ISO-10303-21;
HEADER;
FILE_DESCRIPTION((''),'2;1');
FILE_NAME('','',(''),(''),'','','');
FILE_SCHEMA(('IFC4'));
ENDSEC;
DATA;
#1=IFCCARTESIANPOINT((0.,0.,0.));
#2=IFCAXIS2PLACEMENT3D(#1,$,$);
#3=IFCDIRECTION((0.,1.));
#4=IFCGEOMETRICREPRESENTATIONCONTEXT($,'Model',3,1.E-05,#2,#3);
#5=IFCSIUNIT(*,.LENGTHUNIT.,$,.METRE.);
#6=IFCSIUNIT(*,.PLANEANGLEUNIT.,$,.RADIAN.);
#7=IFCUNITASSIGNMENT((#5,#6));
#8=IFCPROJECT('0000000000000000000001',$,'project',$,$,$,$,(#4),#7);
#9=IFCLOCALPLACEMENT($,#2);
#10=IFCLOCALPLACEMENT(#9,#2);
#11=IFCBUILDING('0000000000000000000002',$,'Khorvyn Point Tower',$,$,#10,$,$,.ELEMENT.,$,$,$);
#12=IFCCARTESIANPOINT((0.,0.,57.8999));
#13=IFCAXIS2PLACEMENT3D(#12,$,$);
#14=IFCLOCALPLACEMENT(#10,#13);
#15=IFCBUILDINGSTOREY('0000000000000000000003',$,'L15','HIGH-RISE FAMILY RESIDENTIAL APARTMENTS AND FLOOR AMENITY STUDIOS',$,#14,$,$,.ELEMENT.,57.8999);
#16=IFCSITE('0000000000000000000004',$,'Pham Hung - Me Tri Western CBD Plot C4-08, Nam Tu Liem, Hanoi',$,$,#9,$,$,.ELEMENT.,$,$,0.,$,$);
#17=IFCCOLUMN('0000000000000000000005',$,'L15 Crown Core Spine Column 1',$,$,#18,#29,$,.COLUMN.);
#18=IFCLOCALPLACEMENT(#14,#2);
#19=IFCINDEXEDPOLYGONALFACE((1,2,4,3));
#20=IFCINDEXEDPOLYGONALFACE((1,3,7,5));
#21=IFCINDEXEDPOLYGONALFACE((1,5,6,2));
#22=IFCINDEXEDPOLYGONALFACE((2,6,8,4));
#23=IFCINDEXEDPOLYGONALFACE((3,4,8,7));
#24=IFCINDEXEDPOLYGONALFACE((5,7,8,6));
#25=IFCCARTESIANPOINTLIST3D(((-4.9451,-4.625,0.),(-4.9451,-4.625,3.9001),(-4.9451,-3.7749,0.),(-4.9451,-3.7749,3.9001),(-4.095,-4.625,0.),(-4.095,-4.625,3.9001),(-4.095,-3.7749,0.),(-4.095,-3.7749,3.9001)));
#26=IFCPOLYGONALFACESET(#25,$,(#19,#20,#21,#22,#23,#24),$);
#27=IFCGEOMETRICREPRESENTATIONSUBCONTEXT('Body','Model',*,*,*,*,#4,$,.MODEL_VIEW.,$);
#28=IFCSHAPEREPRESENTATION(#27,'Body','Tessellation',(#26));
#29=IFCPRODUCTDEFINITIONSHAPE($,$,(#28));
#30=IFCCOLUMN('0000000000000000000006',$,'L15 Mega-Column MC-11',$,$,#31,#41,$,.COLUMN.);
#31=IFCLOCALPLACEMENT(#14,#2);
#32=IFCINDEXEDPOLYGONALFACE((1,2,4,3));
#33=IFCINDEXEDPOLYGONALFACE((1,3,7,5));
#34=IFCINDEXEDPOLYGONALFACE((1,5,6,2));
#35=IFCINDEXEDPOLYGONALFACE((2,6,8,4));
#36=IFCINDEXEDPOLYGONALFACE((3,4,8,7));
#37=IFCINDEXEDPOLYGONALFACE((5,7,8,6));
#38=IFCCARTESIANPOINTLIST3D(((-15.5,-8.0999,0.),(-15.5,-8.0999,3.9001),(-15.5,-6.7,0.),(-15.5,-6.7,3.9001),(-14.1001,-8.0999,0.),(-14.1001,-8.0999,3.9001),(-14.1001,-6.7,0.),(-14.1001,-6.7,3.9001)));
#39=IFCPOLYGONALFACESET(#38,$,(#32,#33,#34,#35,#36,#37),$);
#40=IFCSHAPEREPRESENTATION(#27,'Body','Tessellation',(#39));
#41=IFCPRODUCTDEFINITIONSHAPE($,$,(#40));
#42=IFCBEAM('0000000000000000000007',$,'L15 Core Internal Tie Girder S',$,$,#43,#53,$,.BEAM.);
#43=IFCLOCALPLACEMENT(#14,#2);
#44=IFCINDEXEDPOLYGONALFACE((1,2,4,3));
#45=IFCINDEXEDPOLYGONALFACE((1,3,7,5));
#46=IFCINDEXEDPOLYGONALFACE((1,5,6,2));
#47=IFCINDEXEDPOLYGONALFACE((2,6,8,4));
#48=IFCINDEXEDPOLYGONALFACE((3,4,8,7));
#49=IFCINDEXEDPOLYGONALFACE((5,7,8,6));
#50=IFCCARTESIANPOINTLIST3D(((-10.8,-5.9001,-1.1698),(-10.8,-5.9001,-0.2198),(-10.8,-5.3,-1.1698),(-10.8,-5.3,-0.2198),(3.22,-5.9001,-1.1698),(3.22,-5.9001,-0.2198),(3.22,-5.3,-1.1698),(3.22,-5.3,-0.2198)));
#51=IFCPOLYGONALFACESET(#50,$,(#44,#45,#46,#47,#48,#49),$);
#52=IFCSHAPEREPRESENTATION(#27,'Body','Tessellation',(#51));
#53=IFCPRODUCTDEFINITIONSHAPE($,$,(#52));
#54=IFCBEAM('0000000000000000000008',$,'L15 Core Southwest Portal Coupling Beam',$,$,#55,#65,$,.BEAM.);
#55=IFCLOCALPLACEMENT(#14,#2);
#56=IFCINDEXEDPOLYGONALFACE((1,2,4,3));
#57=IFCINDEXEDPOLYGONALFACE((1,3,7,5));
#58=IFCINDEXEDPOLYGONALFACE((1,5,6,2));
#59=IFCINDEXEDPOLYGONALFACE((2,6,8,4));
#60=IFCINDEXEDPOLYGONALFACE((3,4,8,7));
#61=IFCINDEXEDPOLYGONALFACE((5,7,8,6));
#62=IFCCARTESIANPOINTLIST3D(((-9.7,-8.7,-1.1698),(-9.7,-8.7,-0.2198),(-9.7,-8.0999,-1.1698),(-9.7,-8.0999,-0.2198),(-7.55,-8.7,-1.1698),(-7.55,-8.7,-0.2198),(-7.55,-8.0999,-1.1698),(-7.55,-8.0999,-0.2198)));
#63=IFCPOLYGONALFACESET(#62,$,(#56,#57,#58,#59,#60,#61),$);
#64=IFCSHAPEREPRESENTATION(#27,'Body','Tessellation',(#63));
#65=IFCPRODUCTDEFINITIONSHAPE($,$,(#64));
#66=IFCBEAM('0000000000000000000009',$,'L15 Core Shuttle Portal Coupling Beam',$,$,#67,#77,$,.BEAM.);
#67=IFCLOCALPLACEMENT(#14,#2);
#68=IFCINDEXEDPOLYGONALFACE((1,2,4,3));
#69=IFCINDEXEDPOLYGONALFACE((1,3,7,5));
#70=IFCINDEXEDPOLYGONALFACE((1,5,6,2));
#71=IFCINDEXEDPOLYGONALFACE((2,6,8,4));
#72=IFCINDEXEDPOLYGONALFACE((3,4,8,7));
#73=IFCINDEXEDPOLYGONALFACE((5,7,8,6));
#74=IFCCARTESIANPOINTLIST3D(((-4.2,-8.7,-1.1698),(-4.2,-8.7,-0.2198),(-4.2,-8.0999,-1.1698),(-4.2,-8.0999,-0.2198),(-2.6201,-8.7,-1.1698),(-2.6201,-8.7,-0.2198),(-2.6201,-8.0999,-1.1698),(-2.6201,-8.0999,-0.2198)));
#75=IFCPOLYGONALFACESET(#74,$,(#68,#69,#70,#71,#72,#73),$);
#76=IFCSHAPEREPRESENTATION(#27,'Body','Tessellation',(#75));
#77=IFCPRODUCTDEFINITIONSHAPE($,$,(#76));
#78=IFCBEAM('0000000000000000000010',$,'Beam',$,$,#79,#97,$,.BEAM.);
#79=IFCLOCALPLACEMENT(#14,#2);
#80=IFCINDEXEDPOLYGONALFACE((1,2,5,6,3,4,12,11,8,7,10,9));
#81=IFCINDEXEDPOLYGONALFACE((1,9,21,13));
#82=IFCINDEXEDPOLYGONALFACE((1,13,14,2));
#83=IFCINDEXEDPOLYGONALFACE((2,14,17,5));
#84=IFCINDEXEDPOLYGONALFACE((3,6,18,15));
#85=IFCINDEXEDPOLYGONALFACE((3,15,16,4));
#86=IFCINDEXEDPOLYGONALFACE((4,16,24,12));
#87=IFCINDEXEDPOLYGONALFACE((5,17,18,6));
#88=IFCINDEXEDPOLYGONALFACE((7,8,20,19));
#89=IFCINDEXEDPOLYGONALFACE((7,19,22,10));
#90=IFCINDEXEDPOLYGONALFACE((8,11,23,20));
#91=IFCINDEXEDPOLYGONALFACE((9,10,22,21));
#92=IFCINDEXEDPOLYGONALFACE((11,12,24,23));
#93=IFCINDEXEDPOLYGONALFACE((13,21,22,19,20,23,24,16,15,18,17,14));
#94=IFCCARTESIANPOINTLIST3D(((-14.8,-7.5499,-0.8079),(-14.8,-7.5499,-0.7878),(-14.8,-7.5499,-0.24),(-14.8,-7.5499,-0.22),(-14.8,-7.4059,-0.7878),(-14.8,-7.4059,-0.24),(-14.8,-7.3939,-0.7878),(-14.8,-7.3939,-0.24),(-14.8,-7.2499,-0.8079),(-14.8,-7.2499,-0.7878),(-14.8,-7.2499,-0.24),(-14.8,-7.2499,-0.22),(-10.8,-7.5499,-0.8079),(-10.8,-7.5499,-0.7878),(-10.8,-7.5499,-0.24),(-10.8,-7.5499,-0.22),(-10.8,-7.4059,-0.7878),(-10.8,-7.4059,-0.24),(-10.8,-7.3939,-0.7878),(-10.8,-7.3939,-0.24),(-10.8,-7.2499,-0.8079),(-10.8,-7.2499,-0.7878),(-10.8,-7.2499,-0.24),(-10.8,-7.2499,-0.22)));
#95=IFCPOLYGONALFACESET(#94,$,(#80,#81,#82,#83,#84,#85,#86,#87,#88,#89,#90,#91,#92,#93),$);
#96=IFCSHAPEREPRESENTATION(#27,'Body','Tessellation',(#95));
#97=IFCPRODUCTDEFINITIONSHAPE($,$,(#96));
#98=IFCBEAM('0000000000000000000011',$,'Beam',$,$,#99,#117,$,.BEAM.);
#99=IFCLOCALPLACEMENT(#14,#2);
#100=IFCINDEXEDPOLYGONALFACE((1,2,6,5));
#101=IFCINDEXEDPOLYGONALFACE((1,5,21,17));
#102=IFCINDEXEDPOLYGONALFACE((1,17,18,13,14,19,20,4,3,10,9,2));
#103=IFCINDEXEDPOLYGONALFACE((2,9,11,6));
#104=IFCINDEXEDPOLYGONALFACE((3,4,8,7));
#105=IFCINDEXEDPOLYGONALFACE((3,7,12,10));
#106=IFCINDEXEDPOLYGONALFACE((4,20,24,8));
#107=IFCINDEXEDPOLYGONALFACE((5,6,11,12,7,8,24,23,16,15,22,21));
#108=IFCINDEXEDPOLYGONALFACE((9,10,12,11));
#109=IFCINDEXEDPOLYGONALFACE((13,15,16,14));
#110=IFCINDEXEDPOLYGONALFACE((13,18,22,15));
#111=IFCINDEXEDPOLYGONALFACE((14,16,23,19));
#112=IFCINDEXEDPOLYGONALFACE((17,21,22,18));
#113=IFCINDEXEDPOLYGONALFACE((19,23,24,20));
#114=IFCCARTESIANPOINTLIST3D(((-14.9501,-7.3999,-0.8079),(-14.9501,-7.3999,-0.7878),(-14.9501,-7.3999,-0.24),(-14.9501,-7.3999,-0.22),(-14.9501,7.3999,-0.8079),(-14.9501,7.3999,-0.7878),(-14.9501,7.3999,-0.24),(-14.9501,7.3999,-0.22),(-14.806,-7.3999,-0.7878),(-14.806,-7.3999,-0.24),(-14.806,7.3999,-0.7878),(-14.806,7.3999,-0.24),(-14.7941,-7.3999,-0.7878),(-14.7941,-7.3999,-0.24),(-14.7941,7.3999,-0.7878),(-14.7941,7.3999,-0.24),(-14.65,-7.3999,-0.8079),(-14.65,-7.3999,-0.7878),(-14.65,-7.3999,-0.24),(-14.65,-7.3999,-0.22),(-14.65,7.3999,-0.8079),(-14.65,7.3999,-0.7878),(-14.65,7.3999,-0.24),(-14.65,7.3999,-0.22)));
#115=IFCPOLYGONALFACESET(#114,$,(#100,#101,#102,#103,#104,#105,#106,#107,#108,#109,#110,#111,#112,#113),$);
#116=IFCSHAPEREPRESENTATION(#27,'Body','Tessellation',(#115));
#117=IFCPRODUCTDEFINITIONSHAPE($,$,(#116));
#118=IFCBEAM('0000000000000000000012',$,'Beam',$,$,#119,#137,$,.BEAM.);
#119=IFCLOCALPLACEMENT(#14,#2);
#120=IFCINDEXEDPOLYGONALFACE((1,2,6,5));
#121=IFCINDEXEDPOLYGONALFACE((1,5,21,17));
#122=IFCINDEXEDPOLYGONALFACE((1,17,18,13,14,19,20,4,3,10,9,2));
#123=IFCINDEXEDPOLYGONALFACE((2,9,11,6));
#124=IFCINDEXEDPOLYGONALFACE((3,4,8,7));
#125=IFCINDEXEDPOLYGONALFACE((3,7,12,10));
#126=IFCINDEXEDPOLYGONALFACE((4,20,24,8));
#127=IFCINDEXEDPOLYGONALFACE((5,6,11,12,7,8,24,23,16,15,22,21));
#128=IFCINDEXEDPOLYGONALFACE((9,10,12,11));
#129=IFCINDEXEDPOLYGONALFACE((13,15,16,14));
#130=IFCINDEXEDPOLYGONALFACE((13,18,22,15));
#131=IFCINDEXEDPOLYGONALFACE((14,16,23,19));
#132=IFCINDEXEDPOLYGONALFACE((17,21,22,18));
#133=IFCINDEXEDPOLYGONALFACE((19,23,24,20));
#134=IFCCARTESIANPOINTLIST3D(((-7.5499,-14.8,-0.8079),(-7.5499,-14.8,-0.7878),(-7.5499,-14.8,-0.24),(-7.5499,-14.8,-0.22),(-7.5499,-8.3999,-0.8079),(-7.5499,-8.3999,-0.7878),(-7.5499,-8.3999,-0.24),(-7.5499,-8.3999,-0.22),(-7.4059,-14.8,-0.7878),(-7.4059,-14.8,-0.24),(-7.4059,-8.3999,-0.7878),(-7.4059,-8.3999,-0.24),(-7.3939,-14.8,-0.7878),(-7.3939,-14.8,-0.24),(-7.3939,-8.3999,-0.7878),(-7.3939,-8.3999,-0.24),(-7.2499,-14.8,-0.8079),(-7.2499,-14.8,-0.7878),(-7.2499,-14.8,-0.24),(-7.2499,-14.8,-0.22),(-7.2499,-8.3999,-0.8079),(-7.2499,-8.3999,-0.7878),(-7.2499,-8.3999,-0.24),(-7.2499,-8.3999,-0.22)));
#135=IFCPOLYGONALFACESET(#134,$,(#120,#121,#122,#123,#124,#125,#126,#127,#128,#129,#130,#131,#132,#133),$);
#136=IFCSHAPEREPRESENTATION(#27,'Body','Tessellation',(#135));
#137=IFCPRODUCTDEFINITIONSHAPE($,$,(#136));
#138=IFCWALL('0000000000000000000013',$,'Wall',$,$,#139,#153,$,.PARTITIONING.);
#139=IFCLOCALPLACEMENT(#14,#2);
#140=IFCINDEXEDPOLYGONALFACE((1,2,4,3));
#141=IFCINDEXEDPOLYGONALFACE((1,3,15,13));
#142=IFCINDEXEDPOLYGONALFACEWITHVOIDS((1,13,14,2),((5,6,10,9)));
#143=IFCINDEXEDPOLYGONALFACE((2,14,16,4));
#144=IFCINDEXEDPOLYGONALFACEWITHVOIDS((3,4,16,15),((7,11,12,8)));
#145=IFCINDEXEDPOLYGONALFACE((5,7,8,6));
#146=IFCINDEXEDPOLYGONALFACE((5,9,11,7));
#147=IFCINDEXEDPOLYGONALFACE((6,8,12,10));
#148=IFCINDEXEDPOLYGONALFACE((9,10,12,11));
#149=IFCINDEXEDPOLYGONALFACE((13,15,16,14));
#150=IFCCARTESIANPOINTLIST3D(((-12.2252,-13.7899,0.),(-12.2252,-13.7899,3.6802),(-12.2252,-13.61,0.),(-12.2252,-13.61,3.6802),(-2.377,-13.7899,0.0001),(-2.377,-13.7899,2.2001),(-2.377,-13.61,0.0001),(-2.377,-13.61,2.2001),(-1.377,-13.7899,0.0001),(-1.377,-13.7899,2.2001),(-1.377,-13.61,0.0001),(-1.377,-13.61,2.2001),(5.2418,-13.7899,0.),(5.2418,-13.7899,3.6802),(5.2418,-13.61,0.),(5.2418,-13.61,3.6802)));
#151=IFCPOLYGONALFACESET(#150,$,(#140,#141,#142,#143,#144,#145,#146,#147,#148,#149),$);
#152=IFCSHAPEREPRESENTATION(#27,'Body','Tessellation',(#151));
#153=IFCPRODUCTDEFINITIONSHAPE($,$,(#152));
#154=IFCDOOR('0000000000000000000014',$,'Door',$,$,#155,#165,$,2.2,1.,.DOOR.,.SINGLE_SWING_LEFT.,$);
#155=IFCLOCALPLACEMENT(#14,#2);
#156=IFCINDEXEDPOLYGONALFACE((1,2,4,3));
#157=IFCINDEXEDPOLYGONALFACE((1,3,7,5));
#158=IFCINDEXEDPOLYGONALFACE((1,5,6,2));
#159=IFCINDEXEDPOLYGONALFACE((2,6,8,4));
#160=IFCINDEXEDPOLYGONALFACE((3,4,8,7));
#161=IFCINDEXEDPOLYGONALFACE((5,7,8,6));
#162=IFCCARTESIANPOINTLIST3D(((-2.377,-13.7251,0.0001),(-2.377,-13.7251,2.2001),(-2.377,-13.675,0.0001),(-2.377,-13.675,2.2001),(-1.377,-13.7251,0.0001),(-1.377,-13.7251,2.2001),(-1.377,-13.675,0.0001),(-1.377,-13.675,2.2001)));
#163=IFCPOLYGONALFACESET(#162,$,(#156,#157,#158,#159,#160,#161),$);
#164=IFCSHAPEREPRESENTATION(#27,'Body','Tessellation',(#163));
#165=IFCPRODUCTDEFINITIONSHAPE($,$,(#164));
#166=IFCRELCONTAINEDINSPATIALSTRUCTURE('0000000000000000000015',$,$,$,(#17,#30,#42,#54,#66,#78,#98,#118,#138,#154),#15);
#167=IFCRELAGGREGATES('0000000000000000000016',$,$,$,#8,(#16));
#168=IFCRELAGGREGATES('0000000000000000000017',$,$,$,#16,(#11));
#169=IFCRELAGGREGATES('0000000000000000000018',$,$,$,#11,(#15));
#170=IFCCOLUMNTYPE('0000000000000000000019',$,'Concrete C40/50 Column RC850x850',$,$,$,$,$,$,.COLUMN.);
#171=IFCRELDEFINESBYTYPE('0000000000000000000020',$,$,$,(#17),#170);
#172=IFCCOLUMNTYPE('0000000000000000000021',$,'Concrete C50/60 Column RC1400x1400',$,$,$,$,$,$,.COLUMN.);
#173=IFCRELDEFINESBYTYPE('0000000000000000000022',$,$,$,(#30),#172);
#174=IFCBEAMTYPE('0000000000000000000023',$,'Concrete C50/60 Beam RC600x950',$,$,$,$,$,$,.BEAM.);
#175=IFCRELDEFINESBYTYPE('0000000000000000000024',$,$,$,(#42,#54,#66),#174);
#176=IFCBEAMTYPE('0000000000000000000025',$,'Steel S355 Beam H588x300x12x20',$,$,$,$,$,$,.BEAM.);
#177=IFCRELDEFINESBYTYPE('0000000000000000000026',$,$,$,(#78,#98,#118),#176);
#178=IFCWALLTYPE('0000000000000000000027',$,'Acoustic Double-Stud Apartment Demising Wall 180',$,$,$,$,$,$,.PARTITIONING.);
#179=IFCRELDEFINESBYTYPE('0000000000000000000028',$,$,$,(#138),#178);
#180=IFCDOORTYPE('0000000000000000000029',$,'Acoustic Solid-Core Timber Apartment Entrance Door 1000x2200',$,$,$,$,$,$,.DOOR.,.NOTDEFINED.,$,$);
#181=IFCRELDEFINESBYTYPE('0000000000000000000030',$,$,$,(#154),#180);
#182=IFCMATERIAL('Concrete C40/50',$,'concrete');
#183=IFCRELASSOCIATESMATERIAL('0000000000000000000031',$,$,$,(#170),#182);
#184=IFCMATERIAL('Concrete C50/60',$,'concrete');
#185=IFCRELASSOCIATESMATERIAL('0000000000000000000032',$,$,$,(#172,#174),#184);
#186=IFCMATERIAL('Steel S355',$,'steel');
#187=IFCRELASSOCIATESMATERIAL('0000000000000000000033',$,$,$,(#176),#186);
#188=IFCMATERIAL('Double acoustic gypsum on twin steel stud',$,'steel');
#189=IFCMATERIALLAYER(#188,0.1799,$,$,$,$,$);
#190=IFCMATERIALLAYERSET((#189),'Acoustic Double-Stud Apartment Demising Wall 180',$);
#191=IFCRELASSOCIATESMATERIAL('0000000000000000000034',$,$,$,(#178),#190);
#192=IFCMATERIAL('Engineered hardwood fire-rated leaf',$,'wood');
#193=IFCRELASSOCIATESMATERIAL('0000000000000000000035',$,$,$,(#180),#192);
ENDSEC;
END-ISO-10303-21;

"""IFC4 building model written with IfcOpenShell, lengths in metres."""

from ifc_helpers import new_model, si_unit, direction, frame, frame_2d, origin, origin_2d, place, context, subcontext, project, spatial, rectangle, i_section, extrude, material, layer, layer_set, material_profile, profile_set, type_object, element, fill, save


model = new_model("IFC4")

# Units and contexts
model_context = context("Model", 3, precision=1e-05, world=origin(), true_north=direction((0.0, 1.0)))
body_context = subcontext(model_context, "Body", "Model", "MODEL_VIEW")
ifc_project = project(units=[si_unit("LENGTHUNIT", "METRE"), si_unit("PLANEANGLEUNIT", "RADIAN")], contexts=[model_context])

# Site, building, storey
site_placement = place(None, origin())
site = spatial("IfcSite", under=ifc_project, at=site_placement, Name="Pham Hung - Me Tri Western CBD Plot C4-08, Nam Tu Liem, Hanoi", CompositionType="ELEMENT", RefElevation=0.0)
building_placement = place(site_placement, origin())
building = spatial("IfcBuilding", under=site, at=building_placement, Name="Khorvyn Point Tower", CompositionType="ELEMENT")
storey_placement = place(building_placement, frame((0.0, 0.0, 57.8999)))
storey = spatial("IfcBuildingStorey", under=building, at=storey_placement, Name="L15", Description="HIGH-RISE FAMILY RESIDENTIAL APARTMENTS AND FLOOR AMENITY STUDIOS", CompositionType="ELEMENT", Elevation=57.8999)

# Columns
ifc_material_1 = material(Name="Concrete C40/50", Category="concrete")
ifc_material_profile_1 = material_profile(ifc_material_1, rectangle(XDim=0.8501, YDim=0.8501, at=origin_2d()))
ifc_profile_set_1 = profile_set([ifc_material_profile_1], Name="Concrete C40/50 RC850x850")
column_type_1 = type_object("IfcColumnType", Name="Concrete C40/50 Column RC850x850", PredefinedType="COLUMN", material=ifc_profile_set_1)
column_1_placement = place(storey_placement, frame((-4.52, -4.2, 0.0), z_axis=(0.0, 0.0, 1.0), x_axis=(1.0, 0.0, 0.0)))
element("IfcColumn", 1, at=column_1_placement, inside=storey, type_object=column_type_1, Name="L15 Crown Core Spine Column 1", PredefinedType="COLUMN", context=body_context, shape_type="SweptSolid", body=[
    extrude(rectangle(XDim=0.8501, YDim=0.8501, at=origin_2d()), origin(), (0.0, 0.0, 1.0), 3.9001),
])
ifc_material_2 = material(Name="Concrete C50/60", Category="concrete")
ifc_material_profile_2 = material_profile(ifc_material_2, rectangle(XDim=1.3999, YDim=1.3999, at=origin_2d()))
ifc_profile_set_2 = profile_set([ifc_material_profile_2], Name="Concrete C50/60 RC1400x1400")
column_type_2 = type_object("IfcColumnType", Name="Concrete C50/60 Column RC1400x1400", PredefinedType="COLUMN", material=ifc_profile_set_2)
column_2_placement = place(storey_placement, frame((-14.8, -7.3999, 0.0), z_axis=(0.0, 0.0, 1.0), x_axis=(1.0, 0.0, 0.0)))
element("IfcColumn", 2, at=column_2_placement, inside=storey, type_object=column_type_2, Name="L15 Mega-Column MC-11", PredefinedType="COLUMN", context=body_context, shape_type="SweptSolid", body=[
    extrude(rectangle(XDim=1.3999, YDim=1.3999, at=origin_2d()), origin(), (0.0, 0.0, 1.0), 3.9001),
])

# Beams
ifc_material_profile_3 = material_profile(ifc_material_2, rectangle(XDim=0.6001, YDim=0.95, at=origin_2d()))
ifc_profile_set_3 = profile_set([ifc_material_profile_3], Name="Concrete C50/60 RC600x950")
beam_type_1 = type_object("IfcBeamType", Name="Concrete C50/60 Beam RC600x950", PredefinedType="BEAM", material=ifc_profile_set_3)
beam_1_placement = place(storey_placement, frame((-10.8, -5.6001, -0.6948), z_axis=(1.0, 0.0, 0.0), x_axis=(0.0, 1.0, 0.0)))
element("IfcBeam", 3, at=beam_1_placement, inside=storey, type_object=beam_type_1, Name="L15 Core Internal Tie Girder S", PredefinedType="BEAM", context=body_context, shape_type="SweptSolid", body=[
    extrude(rectangle(XDim=0.6001, YDim=0.95, at=origin_2d()), origin(), (0.0, 0.0, 1.0), 14.02),
])
beam_2_placement = place(storey_placement, frame((-9.7, -8.3999, -0.6948), z_axis=(1.0, 0.0, 0.0), x_axis=(0.0, 1.0, 0.0)))
element("IfcBeam", 4, at=beam_2_placement, inside=storey, type_object=beam_type_1, Name="L15 Core Southwest Portal Coupling Beam", PredefinedType="BEAM", context=body_context, shape_type="SweptSolid", body=[
    extrude(rectangle(XDim=0.6001, YDim=0.95, at=origin_2d()), origin(), (0.0, 0.0, 1.0), 2.1499),
])
beam_3_placement = place(storey_placement, frame((-4.2, -8.3999, -0.6948), z_axis=(1.0, 0.0, 0.0), x_axis=(0.0, 1.0, 0.0)))
element("IfcBeam", 5, at=beam_3_placement, inside=storey, type_object=beam_type_1, Name="L15 Core Shuttle Portal Coupling Beam", PredefinedType="BEAM", context=body_context, shape_type="SweptSolid", body=[
    extrude(rectangle(XDim=0.6001, YDim=0.95, at=origin_2d()), origin(), (0.0, 0.0, 1.0), 1.5798),
])
ifc_material_3 = material(Name="Steel S355", Category="steel")
ifc_material_profile_4 = material_profile(ifc_material_3, i_section(OverallWidth=0.3, OverallDepth=0.5879, WebThickness=0.012, FlangeThickness=0.02, at=origin_2d()))
ifc_profile_set_4 = profile_set([ifc_material_profile_4], Name="Steel S355 H588x300x12x20")
beam_type_2 = type_object("IfcBeamType", Name="Steel S355 Beam H588x300x12x20", PredefinedType="BEAM", material=ifc_profile_set_4)
beam_4_placement = place(storey_placement, frame((-14.8, -7.3999, -0.5139), z_axis=(1.0, 0.0, 0.0), x_axis=(0.0, 1.0, 0.0)))
element("IfcBeam", 6, at=beam_4_placement, inside=storey, type_object=beam_type_2, Name="Beam", PredefinedType="BEAM", context=body_context, shape_type="SweptSolid", body=[
    extrude(i_section(OverallWidth=0.3, OverallDepth=0.5879, WebThickness=0.012, FlangeThickness=0.02, at=origin_2d()), origin(), (0.0, 0.0, 1.0), 4.0),
])
beam_5_placement = place(storey_placement, frame((-14.8, -7.3999, -0.5139), z_axis=(0.0, 1.0, 0.0), x_axis=(-1.0, 0.0, 0.0)))
element("IfcBeam", 7, at=beam_5_placement, inside=storey, type_object=beam_type_2, Name="Beam", PredefinedType="BEAM", context=body_context, shape_type="SweptSolid", body=[
    extrude(i_section(OverallWidth=0.3, OverallDepth=0.5879, WebThickness=0.012, FlangeThickness=0.02, at=origin_2d()), origin(), (0.0, 0.0, 1.0), 14.7998),
])
beam_6_placement = place(storey_placement, frame((-7.3999, -14.8, -0.5139), z_axis=(0.0, 1.0, 0.0), x_axis=(-1.0, 0.0, 0.0)))
element("IfcBeam", 8, at=beam_6_placement, inside=storey, type_object=beam_type_2, Name="Beam", PredefinedType="BEAM", context=body_context, shape_type="SweptSolid", body=[
    extrude(i_section(OverallWidth=0.3, OverallDepth=0.5879, WebThickness=0.012, FlangeThickness=0.02, at=origin_2d()), origin(), (0.0, 0.0, 1.0), 6.4001),
])

# Wall, opening, door
ifc_material_4 = material(Name="Double acoustic gypsum on twin steel stud", Category="steel")
ifc_layer_1 = layer(ifc_material_4, 0.1799)
ifc_layer_set_1 = layer_set([ifc_layer_1], Name="Acoustic Double-Stud Apartment Demising Wall 180")
wall_type_1 = type_object("IfcWallType", Name="Acoustic Double-Stud Apartment Demising Wall 180", PredefinedType="PARTITIONING", material=ifc_layer_set_1)
wall_1_placement = place(storey_placement, frame((-12.2251, -13.7, 0.0), z_axis=(0.0, 0.0, 1.0), x_axis=(1.0, 0.0, 0.0)))
wall_1 = element("IfcWall", 9, at=wall_1_placement, inside=storey, type_object=wall_type_1, Name="Wall", PredefinedType="PARTITIONING", context=body_context, shape_type="SweptSolid", body=[
    extrude(rectangle(XDim=17.467, YDim=0.1799, at=frame_2d((8.7334, 0.0))), origin(), (0.0, 0.0, 1.0), 3.6802),
])
opening_1_placement = place(wall_1_placement, frame((9.8481, 0.0, 0.0)))
opening_1 = element("IfcOpeningElement", 10, at=opening_1_placement, cuts=wall_1, PredefinedType="OPENING", context=body_context, shape_type="SweptSolid", body=[
    extrude(rectangle(XDim=1.0, YDim=2.2, at=frame_2d((0.5, 1.1001))), frame((0.0, 0.0999, 0.0), z_axis=(0.0, -1.0, 0.0), x_axis=(1.0, 0.0, 0.0)), (0.0, 0.0, 1.0), 0.2),
])
ifc_material_5 = material(Name="Engineered hardwood fire-rated leaf", Category="wood")
door_type_1 = type_object("IfcDoorType", Name="Acoustic Solid-Core Timber Apartment Entrance Door 1000x2200", OperationType="NOTDEFINED", PredefinedType="DOOR", material=ifc_material_5)
door_1_placement = place(opening_1_placement, origin())
door_1 = element("IfcDoor", 11, at=door_1_placement, inside=storey, type_object=door_type_1, Name="Door", OperationType="SINGLE_SWING_LEFT", OverallHeight=2.2, OverallWidth=1.0, PredefinedType="DOOR", context=body_context, shape_type="SweptSolid", body=[
    extrude(rectangle(XDim=1.0, YDim=2.2, at=frame_2d((0.5, 1.1001))), frame((0.0, 0.0249, 0.0), z_axis=(0.0, -1.0, 0.0), x_axis=(1.0, 0.0, 0.0)), (0.0, 0.0, 1.0), 0.05),
])
fill(opening_1, door_1)

save(model, "model.ifc")
